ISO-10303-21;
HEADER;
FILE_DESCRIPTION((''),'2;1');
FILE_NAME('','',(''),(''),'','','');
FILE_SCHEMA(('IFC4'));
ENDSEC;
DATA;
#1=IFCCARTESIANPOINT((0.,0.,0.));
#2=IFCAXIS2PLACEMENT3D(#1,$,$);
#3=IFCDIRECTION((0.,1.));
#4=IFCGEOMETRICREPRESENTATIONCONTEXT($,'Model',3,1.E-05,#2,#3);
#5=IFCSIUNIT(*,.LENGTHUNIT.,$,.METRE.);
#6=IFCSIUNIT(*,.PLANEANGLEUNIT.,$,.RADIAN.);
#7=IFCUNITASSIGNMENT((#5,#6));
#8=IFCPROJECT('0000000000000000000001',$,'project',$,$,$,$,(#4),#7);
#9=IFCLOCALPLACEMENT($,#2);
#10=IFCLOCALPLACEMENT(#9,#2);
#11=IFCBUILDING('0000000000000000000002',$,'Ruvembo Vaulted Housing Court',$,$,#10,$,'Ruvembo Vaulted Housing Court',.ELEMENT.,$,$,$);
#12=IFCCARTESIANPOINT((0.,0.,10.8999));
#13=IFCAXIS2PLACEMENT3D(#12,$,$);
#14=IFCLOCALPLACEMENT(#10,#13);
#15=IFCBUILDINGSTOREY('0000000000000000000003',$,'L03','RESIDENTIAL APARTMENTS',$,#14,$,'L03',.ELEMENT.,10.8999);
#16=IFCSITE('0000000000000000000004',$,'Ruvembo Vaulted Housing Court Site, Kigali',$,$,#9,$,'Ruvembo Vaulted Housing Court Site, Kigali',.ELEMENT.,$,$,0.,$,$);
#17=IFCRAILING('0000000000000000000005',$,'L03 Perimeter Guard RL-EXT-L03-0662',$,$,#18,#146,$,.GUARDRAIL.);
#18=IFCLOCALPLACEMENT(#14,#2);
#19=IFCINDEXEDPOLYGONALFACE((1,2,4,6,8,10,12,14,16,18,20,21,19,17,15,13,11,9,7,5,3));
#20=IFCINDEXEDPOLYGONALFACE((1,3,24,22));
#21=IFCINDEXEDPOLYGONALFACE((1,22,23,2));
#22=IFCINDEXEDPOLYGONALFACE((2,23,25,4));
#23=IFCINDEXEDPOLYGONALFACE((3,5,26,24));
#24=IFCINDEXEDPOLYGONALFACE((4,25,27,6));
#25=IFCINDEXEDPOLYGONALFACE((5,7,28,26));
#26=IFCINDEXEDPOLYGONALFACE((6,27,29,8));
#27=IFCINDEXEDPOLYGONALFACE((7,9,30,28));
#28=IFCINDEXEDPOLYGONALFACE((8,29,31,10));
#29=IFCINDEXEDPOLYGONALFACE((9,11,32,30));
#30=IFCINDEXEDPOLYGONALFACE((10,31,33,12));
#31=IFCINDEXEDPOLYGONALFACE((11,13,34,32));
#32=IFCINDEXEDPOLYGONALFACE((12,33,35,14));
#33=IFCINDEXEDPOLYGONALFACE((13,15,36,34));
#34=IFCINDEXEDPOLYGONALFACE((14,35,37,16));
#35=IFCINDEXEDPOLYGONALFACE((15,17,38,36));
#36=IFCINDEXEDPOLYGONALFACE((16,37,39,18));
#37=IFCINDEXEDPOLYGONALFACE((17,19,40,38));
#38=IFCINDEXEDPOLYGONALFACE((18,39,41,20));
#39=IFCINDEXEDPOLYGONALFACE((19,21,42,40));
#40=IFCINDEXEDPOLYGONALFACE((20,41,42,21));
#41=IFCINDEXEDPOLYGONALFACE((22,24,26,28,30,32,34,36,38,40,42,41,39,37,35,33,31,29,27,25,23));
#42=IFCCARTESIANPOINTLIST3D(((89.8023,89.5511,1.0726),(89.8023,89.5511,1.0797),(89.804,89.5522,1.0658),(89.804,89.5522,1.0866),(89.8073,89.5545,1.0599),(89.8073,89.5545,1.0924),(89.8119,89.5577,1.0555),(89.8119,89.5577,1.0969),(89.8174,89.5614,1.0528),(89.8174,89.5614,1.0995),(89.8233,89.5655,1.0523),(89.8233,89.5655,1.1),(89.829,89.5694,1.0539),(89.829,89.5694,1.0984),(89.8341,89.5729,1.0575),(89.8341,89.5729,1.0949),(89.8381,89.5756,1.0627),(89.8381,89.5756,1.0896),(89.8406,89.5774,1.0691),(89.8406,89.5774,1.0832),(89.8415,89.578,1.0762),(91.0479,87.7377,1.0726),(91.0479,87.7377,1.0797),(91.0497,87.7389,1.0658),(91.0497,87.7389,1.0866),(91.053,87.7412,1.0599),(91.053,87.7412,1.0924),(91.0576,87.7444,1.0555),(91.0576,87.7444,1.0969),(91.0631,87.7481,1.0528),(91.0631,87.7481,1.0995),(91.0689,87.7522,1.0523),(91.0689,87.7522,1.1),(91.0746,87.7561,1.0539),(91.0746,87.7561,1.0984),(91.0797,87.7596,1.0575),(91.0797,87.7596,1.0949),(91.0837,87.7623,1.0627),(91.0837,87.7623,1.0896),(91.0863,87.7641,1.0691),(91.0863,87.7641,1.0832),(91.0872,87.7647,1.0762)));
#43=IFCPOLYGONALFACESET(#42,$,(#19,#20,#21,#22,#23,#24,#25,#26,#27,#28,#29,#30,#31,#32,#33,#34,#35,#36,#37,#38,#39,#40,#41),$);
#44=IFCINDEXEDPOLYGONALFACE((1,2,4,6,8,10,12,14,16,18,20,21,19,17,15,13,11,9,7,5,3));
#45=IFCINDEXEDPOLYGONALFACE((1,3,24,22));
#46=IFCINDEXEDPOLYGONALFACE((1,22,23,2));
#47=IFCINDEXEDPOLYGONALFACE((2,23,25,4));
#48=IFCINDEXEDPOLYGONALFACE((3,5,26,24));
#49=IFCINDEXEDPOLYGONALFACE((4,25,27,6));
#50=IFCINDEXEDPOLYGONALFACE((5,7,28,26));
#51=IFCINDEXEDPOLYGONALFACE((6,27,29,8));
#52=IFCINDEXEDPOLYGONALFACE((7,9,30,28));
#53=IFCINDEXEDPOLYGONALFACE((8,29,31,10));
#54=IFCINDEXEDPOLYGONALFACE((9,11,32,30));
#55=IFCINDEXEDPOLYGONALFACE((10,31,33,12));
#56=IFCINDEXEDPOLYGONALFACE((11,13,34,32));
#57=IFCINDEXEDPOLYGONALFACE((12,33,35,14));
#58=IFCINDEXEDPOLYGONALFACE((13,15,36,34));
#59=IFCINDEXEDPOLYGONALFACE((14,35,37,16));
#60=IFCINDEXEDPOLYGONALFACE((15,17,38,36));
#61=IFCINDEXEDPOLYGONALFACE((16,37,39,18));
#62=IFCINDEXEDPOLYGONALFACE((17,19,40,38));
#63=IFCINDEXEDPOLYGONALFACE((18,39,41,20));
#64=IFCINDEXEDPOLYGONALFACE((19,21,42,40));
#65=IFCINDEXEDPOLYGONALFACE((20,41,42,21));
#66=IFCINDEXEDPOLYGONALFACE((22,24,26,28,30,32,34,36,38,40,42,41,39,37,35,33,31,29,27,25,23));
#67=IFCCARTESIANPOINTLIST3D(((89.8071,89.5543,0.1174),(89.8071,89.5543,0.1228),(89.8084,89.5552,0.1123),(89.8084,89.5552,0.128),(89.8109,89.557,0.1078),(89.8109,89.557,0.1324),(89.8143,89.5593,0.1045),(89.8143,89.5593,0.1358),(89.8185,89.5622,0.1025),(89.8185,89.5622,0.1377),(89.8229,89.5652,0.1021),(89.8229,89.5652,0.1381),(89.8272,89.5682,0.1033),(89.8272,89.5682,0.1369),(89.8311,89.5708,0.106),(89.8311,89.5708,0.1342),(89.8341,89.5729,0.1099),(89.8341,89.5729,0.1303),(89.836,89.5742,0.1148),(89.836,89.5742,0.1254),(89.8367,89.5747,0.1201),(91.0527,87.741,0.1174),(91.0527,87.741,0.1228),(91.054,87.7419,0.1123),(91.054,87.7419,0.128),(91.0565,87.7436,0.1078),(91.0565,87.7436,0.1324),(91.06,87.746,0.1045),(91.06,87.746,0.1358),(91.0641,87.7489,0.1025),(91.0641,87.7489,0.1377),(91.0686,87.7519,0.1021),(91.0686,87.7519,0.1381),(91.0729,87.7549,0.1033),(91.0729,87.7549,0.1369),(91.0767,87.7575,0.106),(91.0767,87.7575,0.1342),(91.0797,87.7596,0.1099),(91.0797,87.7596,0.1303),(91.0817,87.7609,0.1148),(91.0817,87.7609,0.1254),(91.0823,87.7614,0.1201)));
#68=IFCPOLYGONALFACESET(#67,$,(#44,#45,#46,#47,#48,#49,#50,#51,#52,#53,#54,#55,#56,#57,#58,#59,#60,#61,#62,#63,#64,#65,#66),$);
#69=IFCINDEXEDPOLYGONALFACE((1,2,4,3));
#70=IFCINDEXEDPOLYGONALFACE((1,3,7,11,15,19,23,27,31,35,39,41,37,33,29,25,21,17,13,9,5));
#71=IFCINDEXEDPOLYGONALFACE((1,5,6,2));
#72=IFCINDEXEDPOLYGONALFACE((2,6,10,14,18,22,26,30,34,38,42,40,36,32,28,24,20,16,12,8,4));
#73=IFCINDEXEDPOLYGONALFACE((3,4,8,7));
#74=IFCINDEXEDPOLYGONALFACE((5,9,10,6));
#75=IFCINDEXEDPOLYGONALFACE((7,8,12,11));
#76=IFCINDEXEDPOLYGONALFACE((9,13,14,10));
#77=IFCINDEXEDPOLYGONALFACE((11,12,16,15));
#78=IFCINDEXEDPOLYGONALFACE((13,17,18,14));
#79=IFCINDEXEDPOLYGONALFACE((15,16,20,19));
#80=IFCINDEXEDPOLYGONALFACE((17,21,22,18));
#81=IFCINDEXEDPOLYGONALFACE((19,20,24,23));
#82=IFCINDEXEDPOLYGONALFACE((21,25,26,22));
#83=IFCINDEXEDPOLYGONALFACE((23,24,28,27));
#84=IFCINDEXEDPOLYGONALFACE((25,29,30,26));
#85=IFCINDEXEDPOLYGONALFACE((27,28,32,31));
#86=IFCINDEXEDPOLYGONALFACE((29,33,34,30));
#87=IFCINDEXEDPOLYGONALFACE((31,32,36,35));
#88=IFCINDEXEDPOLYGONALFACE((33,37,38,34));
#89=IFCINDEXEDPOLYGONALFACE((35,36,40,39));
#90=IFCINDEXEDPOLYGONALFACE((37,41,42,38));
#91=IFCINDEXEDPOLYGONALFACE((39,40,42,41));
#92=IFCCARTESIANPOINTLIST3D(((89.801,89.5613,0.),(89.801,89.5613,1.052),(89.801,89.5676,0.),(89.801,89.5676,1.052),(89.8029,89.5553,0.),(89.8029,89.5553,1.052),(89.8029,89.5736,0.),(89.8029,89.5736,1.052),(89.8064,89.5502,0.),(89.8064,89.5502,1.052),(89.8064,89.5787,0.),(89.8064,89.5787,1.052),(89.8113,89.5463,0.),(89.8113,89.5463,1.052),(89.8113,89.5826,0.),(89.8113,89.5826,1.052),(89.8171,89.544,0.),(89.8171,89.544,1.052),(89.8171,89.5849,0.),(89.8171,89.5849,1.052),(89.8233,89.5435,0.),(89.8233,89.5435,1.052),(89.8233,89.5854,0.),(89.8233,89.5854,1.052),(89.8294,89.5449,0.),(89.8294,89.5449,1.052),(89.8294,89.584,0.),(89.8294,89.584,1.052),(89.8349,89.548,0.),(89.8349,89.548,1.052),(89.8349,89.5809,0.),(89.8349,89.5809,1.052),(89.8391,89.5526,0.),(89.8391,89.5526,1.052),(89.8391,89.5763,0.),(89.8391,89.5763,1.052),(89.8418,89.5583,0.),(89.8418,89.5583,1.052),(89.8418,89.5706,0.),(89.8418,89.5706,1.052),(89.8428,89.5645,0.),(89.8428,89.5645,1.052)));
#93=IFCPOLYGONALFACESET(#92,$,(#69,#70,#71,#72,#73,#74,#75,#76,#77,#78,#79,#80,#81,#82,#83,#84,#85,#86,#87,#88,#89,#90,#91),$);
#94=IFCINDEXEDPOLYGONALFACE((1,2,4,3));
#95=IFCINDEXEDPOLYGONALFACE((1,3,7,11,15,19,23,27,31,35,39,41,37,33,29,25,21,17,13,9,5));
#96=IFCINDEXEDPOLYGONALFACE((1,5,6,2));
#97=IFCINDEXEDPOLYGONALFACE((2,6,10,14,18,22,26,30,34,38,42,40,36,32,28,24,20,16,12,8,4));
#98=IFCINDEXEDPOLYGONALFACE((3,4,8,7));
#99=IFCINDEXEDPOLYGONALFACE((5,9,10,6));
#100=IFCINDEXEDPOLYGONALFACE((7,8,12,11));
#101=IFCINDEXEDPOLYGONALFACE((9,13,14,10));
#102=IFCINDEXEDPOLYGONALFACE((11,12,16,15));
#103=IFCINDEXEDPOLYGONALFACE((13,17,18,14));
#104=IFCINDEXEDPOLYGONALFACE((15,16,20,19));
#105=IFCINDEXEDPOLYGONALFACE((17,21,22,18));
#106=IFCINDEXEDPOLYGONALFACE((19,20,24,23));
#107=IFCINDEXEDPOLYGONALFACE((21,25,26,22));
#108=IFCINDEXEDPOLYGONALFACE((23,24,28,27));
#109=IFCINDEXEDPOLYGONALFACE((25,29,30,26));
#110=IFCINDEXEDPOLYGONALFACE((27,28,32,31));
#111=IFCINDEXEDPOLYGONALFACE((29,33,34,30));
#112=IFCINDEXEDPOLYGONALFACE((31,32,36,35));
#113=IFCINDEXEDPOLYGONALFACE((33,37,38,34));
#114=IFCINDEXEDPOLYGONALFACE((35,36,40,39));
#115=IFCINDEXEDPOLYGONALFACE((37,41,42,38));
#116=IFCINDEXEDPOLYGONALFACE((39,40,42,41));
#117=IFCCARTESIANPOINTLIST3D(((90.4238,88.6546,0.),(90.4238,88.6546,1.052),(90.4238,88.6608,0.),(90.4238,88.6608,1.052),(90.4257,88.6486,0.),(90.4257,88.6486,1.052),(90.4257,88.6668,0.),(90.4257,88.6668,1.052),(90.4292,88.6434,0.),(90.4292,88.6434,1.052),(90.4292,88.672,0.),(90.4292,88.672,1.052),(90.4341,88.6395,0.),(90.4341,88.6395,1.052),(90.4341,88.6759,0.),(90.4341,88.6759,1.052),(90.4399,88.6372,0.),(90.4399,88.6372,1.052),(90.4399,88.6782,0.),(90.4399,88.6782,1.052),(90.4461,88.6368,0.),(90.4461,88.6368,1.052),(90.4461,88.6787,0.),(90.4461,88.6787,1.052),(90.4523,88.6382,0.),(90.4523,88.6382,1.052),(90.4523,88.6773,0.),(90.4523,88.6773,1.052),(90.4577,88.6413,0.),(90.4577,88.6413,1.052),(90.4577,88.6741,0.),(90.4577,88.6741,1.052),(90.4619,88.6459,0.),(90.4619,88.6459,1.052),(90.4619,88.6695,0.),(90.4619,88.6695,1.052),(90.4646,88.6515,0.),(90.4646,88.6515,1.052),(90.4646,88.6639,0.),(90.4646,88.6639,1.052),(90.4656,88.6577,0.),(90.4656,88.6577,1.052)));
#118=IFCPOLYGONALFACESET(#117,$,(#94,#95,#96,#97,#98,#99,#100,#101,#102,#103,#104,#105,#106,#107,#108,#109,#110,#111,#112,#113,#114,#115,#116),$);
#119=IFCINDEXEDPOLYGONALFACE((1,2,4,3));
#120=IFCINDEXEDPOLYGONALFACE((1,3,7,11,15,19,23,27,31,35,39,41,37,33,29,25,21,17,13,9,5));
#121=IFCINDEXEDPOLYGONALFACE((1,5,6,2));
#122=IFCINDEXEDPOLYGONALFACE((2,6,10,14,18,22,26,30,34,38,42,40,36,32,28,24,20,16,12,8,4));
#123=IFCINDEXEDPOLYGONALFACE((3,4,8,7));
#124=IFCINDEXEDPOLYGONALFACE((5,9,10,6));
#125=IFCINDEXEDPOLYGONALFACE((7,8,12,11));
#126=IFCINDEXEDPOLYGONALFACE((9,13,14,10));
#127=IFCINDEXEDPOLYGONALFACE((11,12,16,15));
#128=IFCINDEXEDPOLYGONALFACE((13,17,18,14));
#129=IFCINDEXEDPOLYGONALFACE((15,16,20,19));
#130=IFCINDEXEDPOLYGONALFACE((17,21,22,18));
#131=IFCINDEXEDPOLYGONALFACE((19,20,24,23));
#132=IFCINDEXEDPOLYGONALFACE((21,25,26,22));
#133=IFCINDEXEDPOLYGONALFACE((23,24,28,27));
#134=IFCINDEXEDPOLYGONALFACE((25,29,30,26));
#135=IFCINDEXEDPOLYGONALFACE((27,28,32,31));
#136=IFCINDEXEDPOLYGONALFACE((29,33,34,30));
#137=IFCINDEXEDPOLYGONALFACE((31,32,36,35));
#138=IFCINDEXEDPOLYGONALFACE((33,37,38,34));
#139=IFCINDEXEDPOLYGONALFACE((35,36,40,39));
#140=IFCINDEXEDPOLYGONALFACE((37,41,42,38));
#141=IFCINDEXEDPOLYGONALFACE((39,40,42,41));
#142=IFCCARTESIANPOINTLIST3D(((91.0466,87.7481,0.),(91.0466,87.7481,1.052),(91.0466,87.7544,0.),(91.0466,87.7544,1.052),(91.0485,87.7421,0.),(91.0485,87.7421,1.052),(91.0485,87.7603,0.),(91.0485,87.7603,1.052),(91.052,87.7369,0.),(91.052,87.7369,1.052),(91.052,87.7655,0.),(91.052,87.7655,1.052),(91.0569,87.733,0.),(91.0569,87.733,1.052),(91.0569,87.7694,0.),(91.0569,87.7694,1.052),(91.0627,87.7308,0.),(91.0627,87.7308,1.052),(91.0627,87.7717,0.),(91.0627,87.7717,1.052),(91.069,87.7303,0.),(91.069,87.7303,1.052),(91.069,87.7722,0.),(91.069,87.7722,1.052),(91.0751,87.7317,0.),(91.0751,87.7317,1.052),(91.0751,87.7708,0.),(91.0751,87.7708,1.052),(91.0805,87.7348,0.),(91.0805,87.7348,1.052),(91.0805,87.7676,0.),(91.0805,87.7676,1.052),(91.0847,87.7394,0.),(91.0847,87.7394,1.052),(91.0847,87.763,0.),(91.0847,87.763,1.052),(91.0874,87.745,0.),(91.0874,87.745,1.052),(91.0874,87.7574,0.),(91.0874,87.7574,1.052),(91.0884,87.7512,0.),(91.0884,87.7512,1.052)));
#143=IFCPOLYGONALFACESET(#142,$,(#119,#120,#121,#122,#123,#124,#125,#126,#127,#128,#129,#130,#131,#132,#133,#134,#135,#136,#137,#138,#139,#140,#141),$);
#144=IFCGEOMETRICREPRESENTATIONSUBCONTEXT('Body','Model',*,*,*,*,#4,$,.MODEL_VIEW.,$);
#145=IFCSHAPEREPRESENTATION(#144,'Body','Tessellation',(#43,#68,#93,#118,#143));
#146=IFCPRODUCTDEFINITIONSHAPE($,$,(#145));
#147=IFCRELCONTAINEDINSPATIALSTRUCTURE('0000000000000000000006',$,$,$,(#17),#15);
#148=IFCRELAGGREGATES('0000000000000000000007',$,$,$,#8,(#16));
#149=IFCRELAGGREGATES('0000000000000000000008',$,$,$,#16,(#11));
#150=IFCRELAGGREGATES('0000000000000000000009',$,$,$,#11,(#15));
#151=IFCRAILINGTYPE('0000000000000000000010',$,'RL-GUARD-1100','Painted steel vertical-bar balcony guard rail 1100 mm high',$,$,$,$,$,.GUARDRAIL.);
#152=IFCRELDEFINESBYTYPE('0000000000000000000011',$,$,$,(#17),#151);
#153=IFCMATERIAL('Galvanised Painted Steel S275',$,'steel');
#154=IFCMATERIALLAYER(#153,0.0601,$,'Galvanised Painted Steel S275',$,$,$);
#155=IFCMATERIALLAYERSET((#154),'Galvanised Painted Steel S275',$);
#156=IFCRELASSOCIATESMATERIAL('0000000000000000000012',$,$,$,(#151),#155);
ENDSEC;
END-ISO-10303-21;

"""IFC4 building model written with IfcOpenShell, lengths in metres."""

from ifc_helpers import new_model, si_unit, direction, frame, origin, origin_2d, place, context, subcontext, project, spatial, circle, extrude, material, layer, layer_set, type_object, element, save


model = new_model("IFC4")

# Units and contexts
model_context = context("Model", 3, precision=1e-05, world=origin(), true_north=direction((0.0, 1.0)))
body_context = subcontext(model_context, "Body", "Model", "MODEL_VIEW")
ifc_project = project(units=[si_unit("LENGTHUNIT", "METRE"), si_unit("PLANEANGLEUNIT", "RADIAN")], contexts=[model_context])

# Site, building, storey
site_placement = place(None, origin())
site = spatial("IfcSite", under=ifc_project, at=site_placement, Name="Ruvembo Vaulted Housing Court Site, Kigali", LongName="Ruvembo Vaulted Housing Court Site, Kigali", CompositionType="ELEMENT", RefElevation=0.0)
building_placement = place(site_placement, origin())
building = spatial("IfcBuilding", under=site, at=building_placement, Name="Ruvembo Vaulted Housing Court", LongName="Ruvembo Vaulted Housing Court", CompositionType="ELEMENT")
storey_placement = place(building_placement, frame((0.0, 0.0, 10.8999)))
storey = spatial("IfcBuildingStorey", under=building, at=storey_placement, Name="L03", Description="RESIDENTIAL APARTMENTS", LongName="L03", CompositionType="ELEMENT", Elevation=10.8999)

# Railing
ifc_material_1 = material(Name="Galvanised Painted Steel S275", Category="steel")
ifc_layer = layer(ifc_material_1, 0.0601, Name="Galvanised Painted Steel S275")
ifc_layer_set = layer_set([ifc_layer], Name="Galvanised Painted Steel S275")
railing_type = type_object("IfcRailingType", Name="RL-GUARD-1100", Description="Painted steel vertical-bar balcony guard rail 1100 mm high", PredefinedType="GUARDRAIL", material=ifc_layer_set)
railing_1_placement = place(storey_placement, frame((89.8218, 89.5645, 0.0)))
element("IfcRailing", 1, at=railing_1_placement, inside=storey, type_object=railing_type, Name="L03 Perimeter Guard RL-EXT-L03-0662", PredefinedType="GUARDRAIL", context=body_context, shape_type="SweptSolid", body=[
    extrude(circle(Radius=0.0239, at=origin_2d()), frame((0.0, 0.0, 1.0762), z_axis=(0.566223, -0.824252, 0.0), x_axis=(0.824252, 0.566223, 0.0)), (0.0, 0.0, 1.0), 2.2),
    extrude(circle(Radius=0.0181, at=origin_2d()), frame((0.0, 0.0, 0.1201), z_axis=(0.566223, -0.824252, 0.0), x_axis=(0.824252, 0.566223, 0.0)), (0.0, 0.0, 1.0), 2.2),
    extrude(circle(Radius=0.021, at=origin_2d()), origin(), (0.0, 0.0, 1.0), 1.052),
    extrude(circle(Radius=0.021, at=origin_2d()), frame((0.6228, -0.9067, 0.0)), (0.0, 0.0, 1.0), 1.052),
    extrude(circle(Radius=0.021, at=origin_2d()), frame((1.2456, -1.8132, 0.0)), (0.0, 0.0, 1.0), 1.052),
])

save(model, "model.ifc")
